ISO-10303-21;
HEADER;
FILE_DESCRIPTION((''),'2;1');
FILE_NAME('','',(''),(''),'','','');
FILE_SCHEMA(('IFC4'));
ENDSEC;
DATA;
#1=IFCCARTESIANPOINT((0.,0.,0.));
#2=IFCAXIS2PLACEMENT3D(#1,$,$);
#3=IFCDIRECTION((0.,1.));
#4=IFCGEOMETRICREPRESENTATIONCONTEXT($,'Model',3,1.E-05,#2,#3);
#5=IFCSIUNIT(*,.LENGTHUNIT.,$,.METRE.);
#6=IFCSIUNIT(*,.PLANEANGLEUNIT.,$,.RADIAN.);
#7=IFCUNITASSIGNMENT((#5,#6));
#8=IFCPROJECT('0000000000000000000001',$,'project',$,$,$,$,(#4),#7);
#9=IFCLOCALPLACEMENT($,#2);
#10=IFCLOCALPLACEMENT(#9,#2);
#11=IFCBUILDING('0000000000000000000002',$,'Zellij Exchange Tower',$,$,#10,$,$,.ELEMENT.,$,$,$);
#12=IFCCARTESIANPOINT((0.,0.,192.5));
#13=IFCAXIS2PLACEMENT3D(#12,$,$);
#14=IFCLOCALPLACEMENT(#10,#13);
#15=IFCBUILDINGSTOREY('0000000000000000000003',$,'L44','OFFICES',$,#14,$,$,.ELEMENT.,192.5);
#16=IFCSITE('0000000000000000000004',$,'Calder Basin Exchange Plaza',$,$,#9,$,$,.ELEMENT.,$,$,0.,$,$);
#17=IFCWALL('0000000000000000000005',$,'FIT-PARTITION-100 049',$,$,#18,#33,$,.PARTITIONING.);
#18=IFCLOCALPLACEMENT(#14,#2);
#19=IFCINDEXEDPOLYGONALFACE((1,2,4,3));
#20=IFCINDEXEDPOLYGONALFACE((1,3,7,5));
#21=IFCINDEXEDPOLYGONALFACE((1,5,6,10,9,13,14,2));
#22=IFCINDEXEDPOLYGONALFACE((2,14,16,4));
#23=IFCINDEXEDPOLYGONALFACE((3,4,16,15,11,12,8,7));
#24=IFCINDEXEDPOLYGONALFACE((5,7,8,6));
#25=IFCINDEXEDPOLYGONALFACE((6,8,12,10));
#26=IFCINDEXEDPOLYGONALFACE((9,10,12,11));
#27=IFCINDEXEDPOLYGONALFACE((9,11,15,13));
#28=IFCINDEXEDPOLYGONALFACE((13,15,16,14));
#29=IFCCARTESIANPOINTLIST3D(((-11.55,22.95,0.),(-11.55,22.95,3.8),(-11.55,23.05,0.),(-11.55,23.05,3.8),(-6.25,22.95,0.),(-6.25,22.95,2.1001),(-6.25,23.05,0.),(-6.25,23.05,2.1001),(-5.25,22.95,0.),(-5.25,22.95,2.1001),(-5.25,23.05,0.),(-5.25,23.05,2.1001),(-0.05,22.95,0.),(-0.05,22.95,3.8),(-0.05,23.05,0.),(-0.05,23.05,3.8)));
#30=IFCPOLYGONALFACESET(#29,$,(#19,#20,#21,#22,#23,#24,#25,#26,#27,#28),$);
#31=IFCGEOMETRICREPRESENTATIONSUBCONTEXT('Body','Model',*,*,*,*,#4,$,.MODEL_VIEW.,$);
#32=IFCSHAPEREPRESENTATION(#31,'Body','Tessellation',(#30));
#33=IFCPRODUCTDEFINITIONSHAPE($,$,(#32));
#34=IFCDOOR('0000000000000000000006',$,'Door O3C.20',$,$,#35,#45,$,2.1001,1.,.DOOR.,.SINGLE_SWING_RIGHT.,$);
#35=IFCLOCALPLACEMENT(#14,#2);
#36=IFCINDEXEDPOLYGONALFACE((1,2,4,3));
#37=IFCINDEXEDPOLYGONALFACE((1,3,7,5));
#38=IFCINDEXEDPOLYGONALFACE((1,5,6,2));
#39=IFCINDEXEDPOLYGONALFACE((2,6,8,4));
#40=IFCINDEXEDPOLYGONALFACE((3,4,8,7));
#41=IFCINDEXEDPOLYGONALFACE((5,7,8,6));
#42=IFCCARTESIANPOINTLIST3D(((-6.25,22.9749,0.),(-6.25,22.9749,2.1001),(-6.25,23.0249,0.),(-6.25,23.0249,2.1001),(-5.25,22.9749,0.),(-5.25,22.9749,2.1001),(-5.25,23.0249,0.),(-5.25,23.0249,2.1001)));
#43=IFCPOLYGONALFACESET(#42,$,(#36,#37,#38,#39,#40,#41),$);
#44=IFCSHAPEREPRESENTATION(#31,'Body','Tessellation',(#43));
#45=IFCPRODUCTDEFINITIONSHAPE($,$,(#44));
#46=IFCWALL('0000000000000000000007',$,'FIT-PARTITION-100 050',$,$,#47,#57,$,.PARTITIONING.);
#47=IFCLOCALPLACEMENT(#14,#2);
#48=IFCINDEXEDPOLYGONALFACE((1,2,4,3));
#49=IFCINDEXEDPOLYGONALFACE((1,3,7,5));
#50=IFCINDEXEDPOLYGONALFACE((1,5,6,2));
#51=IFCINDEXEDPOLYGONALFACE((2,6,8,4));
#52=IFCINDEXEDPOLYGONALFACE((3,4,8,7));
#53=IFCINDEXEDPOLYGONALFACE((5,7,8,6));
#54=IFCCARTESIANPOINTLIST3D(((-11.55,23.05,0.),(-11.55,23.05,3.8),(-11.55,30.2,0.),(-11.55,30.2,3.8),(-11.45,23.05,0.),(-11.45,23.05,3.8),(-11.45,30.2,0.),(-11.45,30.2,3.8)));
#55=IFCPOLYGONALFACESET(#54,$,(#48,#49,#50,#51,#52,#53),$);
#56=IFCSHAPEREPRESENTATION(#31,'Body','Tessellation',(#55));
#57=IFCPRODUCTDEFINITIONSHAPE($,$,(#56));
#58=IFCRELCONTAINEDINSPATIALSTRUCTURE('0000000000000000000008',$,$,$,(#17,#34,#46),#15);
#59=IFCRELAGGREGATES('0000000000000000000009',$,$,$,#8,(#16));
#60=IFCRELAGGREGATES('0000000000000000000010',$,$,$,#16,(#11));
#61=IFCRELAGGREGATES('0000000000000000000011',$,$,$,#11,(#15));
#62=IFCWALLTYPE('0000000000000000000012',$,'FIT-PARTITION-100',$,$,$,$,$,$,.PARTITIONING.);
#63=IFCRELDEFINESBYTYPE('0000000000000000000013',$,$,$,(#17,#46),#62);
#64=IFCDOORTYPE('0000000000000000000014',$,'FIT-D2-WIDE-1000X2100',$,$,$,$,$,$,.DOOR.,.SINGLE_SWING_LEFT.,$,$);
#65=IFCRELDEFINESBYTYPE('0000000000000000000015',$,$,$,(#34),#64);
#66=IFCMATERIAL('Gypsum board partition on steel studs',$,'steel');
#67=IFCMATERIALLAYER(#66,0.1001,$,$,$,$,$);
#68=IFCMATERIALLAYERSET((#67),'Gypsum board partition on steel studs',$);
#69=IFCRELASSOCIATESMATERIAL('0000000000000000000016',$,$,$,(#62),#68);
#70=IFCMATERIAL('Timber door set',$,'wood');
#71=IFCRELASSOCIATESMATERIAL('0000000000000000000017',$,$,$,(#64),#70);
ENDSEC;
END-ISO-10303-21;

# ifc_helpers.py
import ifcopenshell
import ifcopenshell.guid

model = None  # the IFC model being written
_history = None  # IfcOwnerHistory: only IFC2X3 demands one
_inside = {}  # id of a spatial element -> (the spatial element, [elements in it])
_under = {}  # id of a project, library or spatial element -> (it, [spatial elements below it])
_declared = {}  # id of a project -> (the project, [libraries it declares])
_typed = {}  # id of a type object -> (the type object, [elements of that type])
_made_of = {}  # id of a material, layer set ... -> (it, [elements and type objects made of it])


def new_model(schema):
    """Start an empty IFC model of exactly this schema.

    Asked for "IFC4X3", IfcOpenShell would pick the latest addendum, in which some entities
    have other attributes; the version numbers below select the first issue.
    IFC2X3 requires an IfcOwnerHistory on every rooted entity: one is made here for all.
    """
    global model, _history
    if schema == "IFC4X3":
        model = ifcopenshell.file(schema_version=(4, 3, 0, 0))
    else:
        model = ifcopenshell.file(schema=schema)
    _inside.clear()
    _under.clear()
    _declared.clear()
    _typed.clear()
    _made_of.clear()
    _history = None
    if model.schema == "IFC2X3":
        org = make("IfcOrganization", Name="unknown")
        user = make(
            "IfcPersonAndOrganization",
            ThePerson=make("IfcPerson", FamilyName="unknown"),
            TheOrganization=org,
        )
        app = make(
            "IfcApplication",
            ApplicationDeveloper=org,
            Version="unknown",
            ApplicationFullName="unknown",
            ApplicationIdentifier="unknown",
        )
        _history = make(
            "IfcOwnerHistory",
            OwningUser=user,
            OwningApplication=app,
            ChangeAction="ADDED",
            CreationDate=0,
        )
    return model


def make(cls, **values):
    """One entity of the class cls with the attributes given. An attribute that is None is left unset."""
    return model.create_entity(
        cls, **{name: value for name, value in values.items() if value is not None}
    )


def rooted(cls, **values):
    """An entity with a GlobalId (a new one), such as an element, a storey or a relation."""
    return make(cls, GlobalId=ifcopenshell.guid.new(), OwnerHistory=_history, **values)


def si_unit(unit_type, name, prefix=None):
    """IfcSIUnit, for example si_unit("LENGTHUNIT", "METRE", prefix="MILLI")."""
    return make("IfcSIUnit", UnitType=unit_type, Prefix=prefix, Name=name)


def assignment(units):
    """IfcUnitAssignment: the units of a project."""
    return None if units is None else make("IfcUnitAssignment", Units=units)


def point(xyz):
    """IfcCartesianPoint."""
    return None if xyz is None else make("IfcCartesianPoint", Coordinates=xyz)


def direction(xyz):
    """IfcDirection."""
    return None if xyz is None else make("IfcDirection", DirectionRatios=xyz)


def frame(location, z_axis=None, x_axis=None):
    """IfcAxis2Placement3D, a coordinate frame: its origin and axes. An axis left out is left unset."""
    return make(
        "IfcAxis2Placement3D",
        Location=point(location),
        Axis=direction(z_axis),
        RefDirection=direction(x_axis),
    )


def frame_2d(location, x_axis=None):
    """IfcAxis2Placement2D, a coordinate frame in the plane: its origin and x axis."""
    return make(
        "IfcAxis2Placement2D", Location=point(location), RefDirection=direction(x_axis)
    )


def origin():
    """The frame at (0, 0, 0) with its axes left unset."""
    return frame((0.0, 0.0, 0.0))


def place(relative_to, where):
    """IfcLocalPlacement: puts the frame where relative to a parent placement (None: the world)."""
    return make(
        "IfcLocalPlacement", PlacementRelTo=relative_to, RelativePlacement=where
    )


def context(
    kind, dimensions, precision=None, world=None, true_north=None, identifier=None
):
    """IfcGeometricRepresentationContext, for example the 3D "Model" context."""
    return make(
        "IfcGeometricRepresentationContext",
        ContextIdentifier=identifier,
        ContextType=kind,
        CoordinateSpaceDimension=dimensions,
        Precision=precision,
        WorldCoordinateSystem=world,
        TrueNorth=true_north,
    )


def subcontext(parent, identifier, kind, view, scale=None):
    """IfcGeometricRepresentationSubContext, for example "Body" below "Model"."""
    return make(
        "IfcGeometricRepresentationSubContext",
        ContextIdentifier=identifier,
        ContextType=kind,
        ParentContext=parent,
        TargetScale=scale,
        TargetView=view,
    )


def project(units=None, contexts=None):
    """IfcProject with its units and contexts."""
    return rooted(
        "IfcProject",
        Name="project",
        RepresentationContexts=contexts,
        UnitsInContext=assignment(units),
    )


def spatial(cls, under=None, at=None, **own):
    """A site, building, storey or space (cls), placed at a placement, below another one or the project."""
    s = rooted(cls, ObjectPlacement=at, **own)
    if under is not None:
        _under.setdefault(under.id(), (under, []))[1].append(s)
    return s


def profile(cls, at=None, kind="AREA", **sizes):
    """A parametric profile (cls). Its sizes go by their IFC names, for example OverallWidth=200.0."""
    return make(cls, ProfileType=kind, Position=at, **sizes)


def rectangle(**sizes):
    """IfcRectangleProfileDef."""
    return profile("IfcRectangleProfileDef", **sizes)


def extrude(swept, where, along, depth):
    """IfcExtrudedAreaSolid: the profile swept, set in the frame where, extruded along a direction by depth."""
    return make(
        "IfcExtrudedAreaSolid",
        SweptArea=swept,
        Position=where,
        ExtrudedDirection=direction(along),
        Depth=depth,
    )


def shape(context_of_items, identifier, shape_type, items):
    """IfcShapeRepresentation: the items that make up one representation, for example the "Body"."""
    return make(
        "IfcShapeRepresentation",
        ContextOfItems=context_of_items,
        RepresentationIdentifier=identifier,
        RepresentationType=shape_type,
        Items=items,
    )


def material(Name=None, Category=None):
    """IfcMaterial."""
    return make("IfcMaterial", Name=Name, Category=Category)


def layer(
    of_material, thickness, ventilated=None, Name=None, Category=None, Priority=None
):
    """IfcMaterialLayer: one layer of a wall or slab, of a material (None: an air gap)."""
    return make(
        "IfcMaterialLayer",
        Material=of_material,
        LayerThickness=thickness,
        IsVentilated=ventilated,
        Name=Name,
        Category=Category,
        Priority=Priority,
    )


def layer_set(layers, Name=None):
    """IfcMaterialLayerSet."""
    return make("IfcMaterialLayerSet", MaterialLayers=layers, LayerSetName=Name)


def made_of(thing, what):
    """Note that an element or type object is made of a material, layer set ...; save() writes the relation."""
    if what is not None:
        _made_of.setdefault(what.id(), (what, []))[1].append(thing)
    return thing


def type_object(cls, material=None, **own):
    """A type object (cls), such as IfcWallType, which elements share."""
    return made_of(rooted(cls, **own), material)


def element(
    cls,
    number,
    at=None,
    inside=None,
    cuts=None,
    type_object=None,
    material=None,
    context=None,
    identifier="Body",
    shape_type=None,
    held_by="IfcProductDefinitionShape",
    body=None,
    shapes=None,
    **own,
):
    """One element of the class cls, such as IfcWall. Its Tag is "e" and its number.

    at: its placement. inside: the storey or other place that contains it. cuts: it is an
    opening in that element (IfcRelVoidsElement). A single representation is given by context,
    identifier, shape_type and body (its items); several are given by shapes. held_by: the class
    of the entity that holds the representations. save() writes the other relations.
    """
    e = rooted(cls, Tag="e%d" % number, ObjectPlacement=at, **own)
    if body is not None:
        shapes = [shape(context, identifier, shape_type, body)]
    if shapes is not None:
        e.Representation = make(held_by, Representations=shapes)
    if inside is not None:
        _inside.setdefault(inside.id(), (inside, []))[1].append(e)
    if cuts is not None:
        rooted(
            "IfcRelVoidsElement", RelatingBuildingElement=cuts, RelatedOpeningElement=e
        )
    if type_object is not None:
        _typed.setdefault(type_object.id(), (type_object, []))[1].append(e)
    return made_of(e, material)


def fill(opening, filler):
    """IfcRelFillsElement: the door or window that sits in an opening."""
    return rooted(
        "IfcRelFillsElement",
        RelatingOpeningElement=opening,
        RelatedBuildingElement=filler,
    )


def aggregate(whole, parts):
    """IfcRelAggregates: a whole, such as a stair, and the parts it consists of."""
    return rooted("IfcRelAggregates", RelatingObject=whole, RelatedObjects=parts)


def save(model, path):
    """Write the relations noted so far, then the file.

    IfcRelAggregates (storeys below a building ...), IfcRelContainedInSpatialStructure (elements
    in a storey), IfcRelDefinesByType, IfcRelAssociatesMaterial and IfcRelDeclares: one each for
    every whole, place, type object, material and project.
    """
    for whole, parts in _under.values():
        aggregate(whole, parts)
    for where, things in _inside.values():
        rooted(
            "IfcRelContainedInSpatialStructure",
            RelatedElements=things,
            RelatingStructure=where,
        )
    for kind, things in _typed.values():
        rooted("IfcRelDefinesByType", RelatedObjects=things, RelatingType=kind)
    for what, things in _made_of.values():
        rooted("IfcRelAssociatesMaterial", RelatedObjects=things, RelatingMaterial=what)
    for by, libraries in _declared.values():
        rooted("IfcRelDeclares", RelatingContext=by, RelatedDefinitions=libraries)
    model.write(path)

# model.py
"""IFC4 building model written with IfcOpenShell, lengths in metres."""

from ifc_helpers import new_model, si_unit, direction, frame, frame_2d, origin, place, context, subcontext, project, spatial, rectangle, extrude, material, layer, layer_set, type_object, element, fill, save


model = new_model("IFC4")

# Units and contexts
model_context = context("Model", 3, precision=1e-05, world=origin(), true_north=direction((0.0, 1.0)))
body_context = subcontext(model_context, "Body", "Model", "MODEL_VIEW")
ifc_project = project(units=[si_unit("LENGTHUNIT", "METRE"), si_unit("PLANEANGLEUNIT", "RADIAN")], contexts=[model_context])

# Site, building, storey
site_placement = place(None, origin())
site = spatial("IfcSite", under=ifc_project, at=site_placement, Name="Calder Basin Exchange Plaza", CompositionType="ELEMENT", RefElevation=0.0)
building_placement = place(site_placement, origin())
building = spatial("IfcBuilding", under=site, at=building_placement, Name="Zellij Exchange Tower", CompositionType="ELEMENT")
storey_placement = place(building_placement, frame((0.0, 0.0, 192.5)))
storey = spatial("IfcBuildingStorey", under=building, at=storey_placement, Name="L44", Description="OFFICES", CompositionType="ELEMENT", Elevation=192.5)

# Shared definitions
ifc_material_1 = material(Name="Gypsum board partition on steel studs", Category="steel")
ifc_layer = layer(ifc_material_1, 0.1001)
ifc_layer_set = layer_set([ifc_layer], Name="Gypsum board partition on steel studs")
wall_type = type_object("IfcWallType", Name="FIT-PARTITION-100", PredefinedType="PARTITIONING", material=ifc_layer_set)

# Wall, opening, door
wall_1_placement = place(storey_placement, frame((-11.55, 23.0, 0.0), z_axis=(0.0, 0.0, 1.0), x_axis=(1.0, 0.0, 0.0)))
wall_1 = element("IfcWall", 1, at=wall_1_placement, inside=storey, type_object=wall_type, Name="FIT-PARTITION-100 049", PredefinedType="PARTITIONING", context=body_context, shape_type="SweptSolid", body=[
    extrude(rectangle(XDim=11.5, YDim=0.1001, at=frame_2d((5.75, 0.0))), origin(), (0.0, 0.0, 1.0), 3.8),
])
opening_placement = place(wall_1_placement, frame((5.3, 0.0, 0.0)))
opening = element("IfcOpeningElement", 2, at=opening_placement, cuts=wall_1, PredefinedType="OPENING", context=body_context, shape_type="SweptSolid", body=[
    extrude(rectangle(XDim=1.0, YDim=2.1001, at=frame_2d((0.5, 1.05))), frame((0.0, 0.062, 0.0), z_axis=(0.0, -1.0, 0.0), x_axis=(1.0, 0.0, 0.0)), (0.0, 0.0, 1.0), 0.124),
])
ifc_material_2 = material(Name="Timber door set", Category="wood")
door_type = type_object("IfcDoorType", Name="FIT-D2-WIDE-1000X2100", OperationType="SINGLE_SWING_LEFT", PredefinedType="DOOR", material=ifc_material_2)
door_placement = place(opening_placement, origin())
door = element("IfcDoor", 3, at=door_placement, inside=storey, type_object=door_type, Name="Door O3C.20", OperationType="SINGLE_SWING_RIGHT", OverallHeight=2.1001, OverallWidth=1.0, PredefinedType="DOOR", context=body_context, shape_type="SweptSolid", body=[
    extrude(rectangle(XDim=1.0, YDim=2.1001, at=frame_2d((0.5, 1.05))), frame((0.0, 0.0249, 0.0), z_axis=(0.0, -1.0, 0.0), x_axis=(1.0, 0.0, 0.0)), (0.0, 0.0, 1.0), 0.05),
])
fill(opening, door)

# Wall
wall_2_placement = place(storey_placement, frame((-11.5, 23.05, 0.0), z_axis=(0.0, 0.0, 1.0), x_axis=(0.0, 1.0, 0.0)))
element("IfcWall", 4, at=wall_2_placement, inside=storey, type_object=wall_type, Name="FIT-PARTITION-100 050", PredefinedType="PARTITIONING", context=body_context, shape_type="SweptSolid", body=[
    extrude(rectangle(XDim=7.1499, YDim=0.1001, at=frame_2d((3.575, 0.0))), origin(), (0.0, 0.0, 1.0), 3.8),
])

save(model, "model.ifc")
